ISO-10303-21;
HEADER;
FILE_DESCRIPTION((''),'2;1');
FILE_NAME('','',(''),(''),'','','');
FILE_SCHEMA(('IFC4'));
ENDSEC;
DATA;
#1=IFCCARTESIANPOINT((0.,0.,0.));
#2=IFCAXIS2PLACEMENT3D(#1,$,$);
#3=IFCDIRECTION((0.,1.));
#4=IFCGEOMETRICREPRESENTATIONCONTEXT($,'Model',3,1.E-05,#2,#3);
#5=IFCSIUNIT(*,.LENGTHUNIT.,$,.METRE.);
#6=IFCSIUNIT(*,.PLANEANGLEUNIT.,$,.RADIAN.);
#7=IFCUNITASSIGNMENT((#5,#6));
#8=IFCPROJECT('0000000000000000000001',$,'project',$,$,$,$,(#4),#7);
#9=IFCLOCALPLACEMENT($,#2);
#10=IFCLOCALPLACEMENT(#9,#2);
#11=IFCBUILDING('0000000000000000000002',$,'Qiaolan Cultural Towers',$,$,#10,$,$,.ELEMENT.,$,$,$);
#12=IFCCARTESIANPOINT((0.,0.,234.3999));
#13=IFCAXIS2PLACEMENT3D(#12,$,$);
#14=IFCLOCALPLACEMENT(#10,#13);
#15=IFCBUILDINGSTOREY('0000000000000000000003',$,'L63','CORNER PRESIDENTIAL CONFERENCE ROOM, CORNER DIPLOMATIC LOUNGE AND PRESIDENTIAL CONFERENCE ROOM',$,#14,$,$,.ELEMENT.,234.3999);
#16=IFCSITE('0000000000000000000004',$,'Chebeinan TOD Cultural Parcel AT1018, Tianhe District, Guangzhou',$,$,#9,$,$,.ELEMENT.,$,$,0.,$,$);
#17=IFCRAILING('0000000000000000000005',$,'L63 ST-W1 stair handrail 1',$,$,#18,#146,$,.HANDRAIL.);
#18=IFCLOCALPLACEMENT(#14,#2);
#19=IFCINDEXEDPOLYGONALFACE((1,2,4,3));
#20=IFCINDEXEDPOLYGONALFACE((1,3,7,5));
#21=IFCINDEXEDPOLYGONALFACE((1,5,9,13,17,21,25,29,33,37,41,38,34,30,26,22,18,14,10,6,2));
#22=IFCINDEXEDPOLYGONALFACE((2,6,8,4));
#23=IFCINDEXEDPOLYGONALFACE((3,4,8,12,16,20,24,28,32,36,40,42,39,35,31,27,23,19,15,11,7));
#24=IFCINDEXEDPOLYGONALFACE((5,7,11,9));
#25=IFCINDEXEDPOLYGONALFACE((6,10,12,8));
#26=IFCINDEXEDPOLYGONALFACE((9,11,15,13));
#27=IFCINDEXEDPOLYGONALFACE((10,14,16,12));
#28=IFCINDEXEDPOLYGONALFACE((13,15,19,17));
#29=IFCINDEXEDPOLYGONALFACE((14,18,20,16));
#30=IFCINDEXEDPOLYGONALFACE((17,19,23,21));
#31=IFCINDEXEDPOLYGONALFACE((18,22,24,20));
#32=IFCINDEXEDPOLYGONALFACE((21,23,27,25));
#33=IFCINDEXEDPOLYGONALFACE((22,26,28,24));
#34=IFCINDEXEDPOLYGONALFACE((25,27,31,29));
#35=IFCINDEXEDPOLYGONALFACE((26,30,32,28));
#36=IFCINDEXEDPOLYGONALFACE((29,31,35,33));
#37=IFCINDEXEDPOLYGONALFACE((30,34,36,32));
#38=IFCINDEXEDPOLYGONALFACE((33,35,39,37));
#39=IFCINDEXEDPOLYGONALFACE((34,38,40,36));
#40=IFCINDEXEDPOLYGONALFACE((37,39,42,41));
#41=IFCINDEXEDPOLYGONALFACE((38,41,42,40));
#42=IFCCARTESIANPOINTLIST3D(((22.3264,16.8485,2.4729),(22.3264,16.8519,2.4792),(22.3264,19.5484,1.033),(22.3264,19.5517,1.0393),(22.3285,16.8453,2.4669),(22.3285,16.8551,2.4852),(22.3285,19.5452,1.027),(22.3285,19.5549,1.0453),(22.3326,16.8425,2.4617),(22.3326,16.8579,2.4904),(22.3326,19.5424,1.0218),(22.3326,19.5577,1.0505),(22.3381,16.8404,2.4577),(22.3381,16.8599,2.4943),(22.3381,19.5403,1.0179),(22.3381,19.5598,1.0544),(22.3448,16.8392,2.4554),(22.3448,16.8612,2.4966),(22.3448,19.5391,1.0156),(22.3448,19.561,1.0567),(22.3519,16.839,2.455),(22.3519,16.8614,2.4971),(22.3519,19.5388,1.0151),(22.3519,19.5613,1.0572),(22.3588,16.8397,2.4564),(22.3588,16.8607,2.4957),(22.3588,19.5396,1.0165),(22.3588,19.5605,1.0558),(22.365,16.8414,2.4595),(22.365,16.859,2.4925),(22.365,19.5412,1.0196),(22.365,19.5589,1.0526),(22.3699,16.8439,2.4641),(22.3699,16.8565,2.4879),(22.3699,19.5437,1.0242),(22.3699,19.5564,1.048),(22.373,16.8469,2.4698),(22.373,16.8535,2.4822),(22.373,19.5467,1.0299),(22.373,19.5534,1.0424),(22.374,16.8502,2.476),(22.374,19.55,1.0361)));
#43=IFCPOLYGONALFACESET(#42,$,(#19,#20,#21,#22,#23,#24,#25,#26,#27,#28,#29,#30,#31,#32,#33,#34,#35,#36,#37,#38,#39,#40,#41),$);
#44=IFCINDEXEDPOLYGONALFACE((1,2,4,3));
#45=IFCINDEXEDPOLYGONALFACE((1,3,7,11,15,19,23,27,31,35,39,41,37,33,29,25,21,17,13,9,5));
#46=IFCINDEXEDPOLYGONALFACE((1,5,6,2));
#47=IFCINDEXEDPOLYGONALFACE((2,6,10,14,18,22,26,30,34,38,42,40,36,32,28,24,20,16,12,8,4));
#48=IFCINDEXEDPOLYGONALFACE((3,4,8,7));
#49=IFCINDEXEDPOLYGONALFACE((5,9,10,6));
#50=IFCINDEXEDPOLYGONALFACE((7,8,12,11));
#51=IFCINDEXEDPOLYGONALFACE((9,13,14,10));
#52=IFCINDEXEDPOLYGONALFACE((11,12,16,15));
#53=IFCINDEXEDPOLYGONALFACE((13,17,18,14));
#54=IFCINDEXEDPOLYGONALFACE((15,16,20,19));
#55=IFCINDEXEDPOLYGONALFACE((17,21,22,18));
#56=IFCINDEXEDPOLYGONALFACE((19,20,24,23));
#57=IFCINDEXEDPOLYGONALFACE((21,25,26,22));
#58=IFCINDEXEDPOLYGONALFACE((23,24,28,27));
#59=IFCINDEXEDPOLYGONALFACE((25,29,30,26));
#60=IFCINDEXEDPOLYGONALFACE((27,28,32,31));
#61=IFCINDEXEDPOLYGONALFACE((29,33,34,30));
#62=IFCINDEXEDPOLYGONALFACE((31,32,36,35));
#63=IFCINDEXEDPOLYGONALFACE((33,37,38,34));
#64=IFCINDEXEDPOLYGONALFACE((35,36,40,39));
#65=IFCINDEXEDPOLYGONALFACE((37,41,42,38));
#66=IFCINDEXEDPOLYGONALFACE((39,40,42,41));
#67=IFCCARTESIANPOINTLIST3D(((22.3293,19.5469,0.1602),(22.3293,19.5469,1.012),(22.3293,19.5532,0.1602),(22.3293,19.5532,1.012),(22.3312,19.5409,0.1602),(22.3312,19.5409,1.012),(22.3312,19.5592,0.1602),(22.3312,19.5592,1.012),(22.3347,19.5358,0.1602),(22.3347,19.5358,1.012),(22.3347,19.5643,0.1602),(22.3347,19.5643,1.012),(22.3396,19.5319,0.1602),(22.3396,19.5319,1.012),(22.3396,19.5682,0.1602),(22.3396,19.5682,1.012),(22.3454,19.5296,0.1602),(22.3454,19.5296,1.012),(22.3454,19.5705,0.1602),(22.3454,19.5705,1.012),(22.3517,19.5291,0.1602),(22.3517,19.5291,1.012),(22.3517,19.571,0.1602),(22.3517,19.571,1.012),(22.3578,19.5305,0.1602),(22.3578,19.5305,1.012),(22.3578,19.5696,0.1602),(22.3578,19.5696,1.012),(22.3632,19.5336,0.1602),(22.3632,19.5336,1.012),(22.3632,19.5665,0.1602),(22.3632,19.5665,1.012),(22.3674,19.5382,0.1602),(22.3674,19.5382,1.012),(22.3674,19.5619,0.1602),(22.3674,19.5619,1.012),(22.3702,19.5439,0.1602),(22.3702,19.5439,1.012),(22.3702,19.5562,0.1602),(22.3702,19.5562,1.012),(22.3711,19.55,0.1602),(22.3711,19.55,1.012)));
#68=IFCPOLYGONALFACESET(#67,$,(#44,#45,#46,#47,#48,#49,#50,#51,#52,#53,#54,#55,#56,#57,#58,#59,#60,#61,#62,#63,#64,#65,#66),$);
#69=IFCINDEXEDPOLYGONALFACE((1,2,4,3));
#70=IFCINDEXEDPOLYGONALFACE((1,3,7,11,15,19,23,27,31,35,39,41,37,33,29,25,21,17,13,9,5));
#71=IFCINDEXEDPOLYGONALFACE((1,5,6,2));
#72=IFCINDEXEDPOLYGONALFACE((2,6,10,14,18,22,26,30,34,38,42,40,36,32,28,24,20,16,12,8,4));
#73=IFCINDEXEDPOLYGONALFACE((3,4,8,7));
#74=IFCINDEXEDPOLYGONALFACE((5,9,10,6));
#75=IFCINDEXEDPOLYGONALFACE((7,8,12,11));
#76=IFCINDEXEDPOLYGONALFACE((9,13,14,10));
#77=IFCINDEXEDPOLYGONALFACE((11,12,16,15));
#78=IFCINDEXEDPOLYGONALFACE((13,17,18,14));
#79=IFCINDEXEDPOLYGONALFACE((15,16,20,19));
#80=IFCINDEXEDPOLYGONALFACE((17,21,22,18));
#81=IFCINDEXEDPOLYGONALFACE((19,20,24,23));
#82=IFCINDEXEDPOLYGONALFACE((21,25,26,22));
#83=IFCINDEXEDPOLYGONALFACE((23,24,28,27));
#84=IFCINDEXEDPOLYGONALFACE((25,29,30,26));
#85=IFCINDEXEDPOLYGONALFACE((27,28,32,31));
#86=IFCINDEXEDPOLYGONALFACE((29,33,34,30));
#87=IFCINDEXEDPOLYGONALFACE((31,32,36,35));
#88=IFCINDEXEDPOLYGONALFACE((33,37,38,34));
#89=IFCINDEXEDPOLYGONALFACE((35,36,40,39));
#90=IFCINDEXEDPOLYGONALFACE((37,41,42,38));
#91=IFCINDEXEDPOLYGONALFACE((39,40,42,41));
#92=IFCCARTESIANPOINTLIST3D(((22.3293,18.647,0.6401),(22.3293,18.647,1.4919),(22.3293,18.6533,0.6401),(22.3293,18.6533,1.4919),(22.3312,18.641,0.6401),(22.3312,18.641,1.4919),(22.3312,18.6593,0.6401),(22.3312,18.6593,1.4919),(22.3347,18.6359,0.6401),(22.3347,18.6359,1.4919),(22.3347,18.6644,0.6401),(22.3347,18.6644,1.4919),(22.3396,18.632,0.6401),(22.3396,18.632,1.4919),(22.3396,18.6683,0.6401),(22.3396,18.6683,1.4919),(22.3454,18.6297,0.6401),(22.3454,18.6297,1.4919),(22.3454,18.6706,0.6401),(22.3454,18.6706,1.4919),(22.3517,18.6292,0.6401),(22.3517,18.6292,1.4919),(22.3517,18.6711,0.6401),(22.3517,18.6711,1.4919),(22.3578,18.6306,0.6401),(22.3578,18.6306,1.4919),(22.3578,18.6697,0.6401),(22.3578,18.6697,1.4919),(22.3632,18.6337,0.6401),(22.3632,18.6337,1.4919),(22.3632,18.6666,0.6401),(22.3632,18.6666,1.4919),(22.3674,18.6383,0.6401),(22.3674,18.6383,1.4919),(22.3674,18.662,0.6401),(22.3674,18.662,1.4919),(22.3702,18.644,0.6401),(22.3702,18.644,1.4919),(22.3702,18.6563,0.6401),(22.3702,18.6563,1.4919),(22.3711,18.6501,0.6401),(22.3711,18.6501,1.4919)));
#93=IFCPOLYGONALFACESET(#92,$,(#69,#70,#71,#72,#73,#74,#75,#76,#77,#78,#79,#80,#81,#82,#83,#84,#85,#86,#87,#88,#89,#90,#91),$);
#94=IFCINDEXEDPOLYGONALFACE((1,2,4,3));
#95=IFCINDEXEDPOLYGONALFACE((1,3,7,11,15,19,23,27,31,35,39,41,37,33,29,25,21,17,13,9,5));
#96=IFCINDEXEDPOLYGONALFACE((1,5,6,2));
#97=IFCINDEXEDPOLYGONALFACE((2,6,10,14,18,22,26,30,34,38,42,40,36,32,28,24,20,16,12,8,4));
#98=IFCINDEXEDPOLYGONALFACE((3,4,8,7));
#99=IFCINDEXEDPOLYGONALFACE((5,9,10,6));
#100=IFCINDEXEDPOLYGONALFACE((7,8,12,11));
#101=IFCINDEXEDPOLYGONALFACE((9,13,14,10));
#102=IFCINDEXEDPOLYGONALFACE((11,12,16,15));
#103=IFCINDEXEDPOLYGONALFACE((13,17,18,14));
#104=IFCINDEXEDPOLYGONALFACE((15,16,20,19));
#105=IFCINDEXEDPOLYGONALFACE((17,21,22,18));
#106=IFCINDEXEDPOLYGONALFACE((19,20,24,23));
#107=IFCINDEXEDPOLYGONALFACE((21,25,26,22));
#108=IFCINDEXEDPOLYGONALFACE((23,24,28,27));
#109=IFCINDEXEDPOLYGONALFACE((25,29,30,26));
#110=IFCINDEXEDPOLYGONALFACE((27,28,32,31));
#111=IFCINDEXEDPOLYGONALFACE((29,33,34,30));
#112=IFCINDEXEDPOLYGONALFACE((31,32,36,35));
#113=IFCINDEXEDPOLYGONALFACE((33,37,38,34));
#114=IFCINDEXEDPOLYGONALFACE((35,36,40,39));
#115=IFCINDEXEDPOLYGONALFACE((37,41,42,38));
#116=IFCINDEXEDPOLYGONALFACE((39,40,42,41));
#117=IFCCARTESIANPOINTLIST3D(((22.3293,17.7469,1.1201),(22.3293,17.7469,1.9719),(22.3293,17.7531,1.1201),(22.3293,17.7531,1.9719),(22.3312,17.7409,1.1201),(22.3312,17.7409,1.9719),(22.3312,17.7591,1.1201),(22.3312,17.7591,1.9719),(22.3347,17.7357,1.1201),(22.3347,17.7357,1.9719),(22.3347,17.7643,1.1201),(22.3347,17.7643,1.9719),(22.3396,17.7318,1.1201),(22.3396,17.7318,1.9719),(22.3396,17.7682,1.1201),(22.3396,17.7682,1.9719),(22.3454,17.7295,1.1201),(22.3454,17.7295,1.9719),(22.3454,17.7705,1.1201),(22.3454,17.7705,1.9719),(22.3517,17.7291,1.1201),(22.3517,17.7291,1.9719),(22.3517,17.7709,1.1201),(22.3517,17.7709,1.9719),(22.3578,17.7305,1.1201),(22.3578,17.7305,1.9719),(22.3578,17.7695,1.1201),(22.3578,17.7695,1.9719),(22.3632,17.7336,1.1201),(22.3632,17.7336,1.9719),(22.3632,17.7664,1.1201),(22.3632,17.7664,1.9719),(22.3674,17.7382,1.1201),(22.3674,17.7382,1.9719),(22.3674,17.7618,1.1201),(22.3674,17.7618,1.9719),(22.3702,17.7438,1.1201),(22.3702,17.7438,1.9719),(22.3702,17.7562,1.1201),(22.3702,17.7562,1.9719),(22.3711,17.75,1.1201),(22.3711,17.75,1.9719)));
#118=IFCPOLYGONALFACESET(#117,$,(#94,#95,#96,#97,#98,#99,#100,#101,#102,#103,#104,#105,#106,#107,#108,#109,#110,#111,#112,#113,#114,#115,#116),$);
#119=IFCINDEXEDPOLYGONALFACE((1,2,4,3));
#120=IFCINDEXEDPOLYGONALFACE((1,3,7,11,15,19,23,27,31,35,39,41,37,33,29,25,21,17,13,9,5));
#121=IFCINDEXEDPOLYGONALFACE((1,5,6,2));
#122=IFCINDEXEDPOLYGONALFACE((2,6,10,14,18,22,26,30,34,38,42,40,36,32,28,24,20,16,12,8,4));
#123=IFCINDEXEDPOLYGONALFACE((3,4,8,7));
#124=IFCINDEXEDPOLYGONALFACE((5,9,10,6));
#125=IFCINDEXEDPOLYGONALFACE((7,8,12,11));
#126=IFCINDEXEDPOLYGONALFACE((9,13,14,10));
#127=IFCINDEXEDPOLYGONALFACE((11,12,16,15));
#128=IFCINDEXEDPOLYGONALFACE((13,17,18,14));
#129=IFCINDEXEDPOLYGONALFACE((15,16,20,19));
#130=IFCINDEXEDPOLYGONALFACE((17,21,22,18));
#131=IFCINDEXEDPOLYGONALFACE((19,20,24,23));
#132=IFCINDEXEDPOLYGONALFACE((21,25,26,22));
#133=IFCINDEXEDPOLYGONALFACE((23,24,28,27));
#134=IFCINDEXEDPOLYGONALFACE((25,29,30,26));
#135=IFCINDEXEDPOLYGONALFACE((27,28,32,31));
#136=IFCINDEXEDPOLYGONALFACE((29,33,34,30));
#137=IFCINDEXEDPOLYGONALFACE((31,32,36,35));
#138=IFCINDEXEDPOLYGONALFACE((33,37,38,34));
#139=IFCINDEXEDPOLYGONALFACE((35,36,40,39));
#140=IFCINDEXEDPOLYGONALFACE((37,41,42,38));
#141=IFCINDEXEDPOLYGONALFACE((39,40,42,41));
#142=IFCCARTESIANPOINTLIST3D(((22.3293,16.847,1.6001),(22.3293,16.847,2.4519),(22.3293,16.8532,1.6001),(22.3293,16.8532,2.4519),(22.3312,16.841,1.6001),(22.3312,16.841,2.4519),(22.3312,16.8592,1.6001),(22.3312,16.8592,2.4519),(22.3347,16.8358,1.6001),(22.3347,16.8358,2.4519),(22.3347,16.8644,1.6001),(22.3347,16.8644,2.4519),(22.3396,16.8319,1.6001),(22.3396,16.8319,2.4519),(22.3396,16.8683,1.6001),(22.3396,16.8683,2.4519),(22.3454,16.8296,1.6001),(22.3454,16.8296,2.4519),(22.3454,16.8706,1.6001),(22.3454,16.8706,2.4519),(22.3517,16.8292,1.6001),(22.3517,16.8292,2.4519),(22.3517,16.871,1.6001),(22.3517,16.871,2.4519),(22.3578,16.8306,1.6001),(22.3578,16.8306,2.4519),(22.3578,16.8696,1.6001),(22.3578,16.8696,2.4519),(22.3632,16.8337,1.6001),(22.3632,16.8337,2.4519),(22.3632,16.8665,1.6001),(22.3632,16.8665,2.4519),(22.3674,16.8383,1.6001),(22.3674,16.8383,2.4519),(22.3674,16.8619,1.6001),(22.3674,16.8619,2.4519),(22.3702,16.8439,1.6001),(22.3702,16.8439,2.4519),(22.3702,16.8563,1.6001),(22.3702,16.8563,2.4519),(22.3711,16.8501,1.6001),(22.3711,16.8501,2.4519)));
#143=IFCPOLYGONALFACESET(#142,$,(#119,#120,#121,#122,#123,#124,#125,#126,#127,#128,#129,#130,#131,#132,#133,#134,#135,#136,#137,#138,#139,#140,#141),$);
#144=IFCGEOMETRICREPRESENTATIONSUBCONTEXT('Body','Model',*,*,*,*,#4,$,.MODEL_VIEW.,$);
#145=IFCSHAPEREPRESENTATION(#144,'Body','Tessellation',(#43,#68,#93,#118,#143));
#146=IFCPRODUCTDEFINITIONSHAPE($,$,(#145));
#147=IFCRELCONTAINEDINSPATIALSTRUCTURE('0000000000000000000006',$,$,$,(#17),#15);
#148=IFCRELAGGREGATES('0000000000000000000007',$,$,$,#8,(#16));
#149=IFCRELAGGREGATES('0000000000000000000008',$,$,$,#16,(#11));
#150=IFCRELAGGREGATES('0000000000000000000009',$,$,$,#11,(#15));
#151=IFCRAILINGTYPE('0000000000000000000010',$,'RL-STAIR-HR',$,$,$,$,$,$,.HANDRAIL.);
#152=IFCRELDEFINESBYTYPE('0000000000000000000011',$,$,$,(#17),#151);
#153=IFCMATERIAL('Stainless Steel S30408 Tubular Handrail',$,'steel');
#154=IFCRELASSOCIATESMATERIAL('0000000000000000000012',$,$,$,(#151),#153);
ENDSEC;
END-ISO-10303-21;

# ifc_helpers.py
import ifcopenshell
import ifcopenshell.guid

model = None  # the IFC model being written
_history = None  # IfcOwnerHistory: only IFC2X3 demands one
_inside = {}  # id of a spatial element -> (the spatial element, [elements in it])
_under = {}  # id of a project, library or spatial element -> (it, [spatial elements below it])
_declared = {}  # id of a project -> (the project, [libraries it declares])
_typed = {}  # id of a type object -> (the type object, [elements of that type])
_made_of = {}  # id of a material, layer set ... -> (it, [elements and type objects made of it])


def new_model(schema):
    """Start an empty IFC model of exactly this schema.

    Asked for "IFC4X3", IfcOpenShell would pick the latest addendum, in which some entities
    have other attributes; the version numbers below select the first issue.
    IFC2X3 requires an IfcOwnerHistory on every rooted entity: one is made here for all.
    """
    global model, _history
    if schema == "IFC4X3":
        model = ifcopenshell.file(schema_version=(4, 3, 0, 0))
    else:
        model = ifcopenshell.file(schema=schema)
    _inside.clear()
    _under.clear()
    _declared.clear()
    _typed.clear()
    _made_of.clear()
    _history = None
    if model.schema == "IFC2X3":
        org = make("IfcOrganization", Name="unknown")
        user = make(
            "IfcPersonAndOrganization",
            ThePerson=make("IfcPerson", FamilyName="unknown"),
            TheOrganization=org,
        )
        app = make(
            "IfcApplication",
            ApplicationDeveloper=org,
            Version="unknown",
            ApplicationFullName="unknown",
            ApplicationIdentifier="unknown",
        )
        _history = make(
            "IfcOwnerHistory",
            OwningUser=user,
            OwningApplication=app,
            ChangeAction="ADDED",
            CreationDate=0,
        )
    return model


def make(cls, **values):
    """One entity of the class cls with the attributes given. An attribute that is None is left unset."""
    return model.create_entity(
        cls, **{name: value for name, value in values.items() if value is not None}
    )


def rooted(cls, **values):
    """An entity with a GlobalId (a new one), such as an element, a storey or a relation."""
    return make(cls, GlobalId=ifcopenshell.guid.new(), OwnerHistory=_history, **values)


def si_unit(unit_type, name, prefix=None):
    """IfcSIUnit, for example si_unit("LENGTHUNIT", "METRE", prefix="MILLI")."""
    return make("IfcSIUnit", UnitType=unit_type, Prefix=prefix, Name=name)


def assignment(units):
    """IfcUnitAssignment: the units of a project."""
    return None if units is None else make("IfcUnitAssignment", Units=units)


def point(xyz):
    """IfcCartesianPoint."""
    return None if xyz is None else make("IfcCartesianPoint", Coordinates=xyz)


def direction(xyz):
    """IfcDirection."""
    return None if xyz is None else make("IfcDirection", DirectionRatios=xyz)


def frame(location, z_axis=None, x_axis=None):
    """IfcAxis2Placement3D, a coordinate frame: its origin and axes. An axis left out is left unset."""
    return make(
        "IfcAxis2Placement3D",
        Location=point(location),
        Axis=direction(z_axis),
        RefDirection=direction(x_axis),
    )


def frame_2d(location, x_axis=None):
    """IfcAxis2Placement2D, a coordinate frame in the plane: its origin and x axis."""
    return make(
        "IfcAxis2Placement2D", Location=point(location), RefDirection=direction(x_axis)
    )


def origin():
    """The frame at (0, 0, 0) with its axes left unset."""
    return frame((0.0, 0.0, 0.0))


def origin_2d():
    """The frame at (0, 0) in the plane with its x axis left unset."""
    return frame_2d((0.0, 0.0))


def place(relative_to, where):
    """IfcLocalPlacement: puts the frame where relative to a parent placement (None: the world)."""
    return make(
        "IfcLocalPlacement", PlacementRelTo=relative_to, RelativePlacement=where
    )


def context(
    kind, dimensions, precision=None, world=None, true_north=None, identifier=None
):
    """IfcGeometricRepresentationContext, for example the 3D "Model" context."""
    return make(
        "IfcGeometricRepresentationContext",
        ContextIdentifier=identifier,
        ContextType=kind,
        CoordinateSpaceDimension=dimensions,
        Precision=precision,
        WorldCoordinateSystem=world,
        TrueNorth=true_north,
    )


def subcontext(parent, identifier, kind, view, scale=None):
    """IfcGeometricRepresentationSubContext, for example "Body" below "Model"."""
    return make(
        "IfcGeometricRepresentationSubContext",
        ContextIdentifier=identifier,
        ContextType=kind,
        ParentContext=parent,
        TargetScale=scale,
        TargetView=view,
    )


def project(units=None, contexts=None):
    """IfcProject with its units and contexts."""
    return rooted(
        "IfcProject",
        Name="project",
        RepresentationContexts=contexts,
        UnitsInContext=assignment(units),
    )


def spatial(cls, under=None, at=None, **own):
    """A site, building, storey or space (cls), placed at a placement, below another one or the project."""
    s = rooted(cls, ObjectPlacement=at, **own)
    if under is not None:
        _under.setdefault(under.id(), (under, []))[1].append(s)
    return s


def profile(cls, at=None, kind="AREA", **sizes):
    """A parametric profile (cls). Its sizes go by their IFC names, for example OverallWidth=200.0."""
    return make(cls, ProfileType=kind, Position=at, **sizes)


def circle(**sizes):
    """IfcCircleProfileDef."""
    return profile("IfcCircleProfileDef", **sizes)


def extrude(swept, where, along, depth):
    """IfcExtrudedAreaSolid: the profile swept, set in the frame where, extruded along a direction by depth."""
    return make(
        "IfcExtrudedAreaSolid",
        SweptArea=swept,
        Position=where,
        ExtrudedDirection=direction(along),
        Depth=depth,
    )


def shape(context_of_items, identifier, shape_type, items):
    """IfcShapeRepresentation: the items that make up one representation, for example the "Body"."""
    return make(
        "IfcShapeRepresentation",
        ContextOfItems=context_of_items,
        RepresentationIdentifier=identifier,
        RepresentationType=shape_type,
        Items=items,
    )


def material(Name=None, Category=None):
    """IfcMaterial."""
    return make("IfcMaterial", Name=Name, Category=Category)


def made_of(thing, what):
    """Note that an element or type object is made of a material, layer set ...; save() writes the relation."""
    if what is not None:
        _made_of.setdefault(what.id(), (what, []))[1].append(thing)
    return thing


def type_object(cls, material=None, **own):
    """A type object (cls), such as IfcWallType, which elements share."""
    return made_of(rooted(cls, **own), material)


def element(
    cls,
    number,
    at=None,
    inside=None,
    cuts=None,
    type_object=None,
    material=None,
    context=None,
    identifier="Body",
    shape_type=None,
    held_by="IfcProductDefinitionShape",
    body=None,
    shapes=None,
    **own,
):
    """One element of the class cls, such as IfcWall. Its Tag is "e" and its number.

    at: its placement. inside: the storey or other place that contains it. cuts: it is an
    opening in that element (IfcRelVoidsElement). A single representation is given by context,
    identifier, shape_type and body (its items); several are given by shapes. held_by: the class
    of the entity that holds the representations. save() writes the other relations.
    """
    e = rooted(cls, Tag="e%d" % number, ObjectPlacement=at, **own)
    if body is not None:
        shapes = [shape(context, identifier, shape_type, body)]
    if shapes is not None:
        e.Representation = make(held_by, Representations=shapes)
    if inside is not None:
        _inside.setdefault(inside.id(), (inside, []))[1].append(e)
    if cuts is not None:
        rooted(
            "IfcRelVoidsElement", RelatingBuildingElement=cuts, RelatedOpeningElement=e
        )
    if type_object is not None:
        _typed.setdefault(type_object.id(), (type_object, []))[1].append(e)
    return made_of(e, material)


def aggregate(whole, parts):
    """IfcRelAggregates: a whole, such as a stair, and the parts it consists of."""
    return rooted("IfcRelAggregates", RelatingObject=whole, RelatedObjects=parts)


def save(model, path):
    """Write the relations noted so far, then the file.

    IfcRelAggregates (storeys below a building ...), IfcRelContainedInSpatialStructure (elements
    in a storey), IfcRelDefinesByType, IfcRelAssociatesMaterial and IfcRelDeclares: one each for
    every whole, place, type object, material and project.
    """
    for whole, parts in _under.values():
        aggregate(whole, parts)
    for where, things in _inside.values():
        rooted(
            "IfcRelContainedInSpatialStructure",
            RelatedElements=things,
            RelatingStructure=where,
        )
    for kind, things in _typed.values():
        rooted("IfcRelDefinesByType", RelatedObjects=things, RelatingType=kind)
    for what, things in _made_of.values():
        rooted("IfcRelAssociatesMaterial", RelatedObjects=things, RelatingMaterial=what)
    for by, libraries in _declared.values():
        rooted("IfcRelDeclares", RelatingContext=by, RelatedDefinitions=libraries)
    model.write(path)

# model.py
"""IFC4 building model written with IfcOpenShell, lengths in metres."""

from ifc_helpers import new_model, si_unit, direction, frame, origin, origin_2d, place, context, subcontext, project, spatial, circle, extrude, material, type_object, element, save


model = new_model("IFC4")

# Units and contexts
model_context = context("Model", 3, precision=1e-05, world=origin(), true_north=direction((0.0, 1.0)))
body_context = subcontext(model_context, "Body", "Model", "MODEL_VIEW")
ifc_project = project(units=[si_unit("LENGTHUNIT", "METRE"), si_unit("PLANEANGLEUNIT", "RADIAN")], contexts=[model_context])

# Site, building, storey
site_placement = place(None, origin())
site = spatial("IfcSite", under=ifc_project, at=site_placement, Name="Chebeinan TOD Cultural Parcel AT1018, Tianhe District, Guangzhou", CompositionType="ELEMENT", RefElevation=0.0)
building_placement = place(site_placement, origin())
building = spatial("IfcBuilding", under=site, at=building_placement, Name="Qiaolan Cultural Towers", CompositionType="ELEMENT")
storey_placement = place(building_placement, frame((0.0, 0.0, 234.3999)))
storey = spatial("IfcBuildingStorey", under=building, at=storey_placement, Name="L63", Description="CORNER PRESIDENTIAL CONFERENCE ROOM, CORNER DIPLOMATIC LOUNGE AND PRESIDENTIAL CONFERENCE ROOM", CompositionType="ELEMENT", Elevation=234.3999)

# Railing
ifc_material_1 = material(Name="Stainless Steel S30408 Tubular Handrail", Category="steel")
railing_type_1 = type_object("IfcRailingType", Name="RL-STAIR-HR", PredefinedType="HANDRAIL", material=ifc_material_1)
railing_1_placement = place(storey_placement, frame((22.3501, 19.55, 0.1602)))
element("IfcRailing", 1, at=railing_1_placement, inside=storey, type_object=railing_type_1, Name="L63 ST-W1 stair handrail 1", PredefinedType="HANDRAIL", context=body_context, shape_type="SweptSolid", body=[
    extrude(circle(Radius=0.0239, at=origin_2d()), frame((0.0, 0.0, 0.876), z_axis=(0.0, -0.882357, 0.47058), x_axis=(1.0, 0.0, 0.0)), (0.0, 0.0, 1.0), 3.0598),
    extrude(circle(Radius=0.021, at=origin_2d()), origin(), (0.0, 0.0, 1.0), 0.8518),
    extrude(circle(Radius=0.021, at=origin_2d()), frame((0.0, -0.8999, 0.48)), (0.0, 0.0, 1.0), 0.8518),
    extrude(circle(Radius=0.021, at=origin_2d()), frame((0.0, -1.8, 0.96)), (0.0, 0.0, 1.0), 0.8518),
    extrude(circle(Radius=0.021, at=origin_2d()), frame((0.0, -2.7, 1.4399)), (0.0, 0.0, 1.0), 0.8518),
])

save(model, "model.ifc")
